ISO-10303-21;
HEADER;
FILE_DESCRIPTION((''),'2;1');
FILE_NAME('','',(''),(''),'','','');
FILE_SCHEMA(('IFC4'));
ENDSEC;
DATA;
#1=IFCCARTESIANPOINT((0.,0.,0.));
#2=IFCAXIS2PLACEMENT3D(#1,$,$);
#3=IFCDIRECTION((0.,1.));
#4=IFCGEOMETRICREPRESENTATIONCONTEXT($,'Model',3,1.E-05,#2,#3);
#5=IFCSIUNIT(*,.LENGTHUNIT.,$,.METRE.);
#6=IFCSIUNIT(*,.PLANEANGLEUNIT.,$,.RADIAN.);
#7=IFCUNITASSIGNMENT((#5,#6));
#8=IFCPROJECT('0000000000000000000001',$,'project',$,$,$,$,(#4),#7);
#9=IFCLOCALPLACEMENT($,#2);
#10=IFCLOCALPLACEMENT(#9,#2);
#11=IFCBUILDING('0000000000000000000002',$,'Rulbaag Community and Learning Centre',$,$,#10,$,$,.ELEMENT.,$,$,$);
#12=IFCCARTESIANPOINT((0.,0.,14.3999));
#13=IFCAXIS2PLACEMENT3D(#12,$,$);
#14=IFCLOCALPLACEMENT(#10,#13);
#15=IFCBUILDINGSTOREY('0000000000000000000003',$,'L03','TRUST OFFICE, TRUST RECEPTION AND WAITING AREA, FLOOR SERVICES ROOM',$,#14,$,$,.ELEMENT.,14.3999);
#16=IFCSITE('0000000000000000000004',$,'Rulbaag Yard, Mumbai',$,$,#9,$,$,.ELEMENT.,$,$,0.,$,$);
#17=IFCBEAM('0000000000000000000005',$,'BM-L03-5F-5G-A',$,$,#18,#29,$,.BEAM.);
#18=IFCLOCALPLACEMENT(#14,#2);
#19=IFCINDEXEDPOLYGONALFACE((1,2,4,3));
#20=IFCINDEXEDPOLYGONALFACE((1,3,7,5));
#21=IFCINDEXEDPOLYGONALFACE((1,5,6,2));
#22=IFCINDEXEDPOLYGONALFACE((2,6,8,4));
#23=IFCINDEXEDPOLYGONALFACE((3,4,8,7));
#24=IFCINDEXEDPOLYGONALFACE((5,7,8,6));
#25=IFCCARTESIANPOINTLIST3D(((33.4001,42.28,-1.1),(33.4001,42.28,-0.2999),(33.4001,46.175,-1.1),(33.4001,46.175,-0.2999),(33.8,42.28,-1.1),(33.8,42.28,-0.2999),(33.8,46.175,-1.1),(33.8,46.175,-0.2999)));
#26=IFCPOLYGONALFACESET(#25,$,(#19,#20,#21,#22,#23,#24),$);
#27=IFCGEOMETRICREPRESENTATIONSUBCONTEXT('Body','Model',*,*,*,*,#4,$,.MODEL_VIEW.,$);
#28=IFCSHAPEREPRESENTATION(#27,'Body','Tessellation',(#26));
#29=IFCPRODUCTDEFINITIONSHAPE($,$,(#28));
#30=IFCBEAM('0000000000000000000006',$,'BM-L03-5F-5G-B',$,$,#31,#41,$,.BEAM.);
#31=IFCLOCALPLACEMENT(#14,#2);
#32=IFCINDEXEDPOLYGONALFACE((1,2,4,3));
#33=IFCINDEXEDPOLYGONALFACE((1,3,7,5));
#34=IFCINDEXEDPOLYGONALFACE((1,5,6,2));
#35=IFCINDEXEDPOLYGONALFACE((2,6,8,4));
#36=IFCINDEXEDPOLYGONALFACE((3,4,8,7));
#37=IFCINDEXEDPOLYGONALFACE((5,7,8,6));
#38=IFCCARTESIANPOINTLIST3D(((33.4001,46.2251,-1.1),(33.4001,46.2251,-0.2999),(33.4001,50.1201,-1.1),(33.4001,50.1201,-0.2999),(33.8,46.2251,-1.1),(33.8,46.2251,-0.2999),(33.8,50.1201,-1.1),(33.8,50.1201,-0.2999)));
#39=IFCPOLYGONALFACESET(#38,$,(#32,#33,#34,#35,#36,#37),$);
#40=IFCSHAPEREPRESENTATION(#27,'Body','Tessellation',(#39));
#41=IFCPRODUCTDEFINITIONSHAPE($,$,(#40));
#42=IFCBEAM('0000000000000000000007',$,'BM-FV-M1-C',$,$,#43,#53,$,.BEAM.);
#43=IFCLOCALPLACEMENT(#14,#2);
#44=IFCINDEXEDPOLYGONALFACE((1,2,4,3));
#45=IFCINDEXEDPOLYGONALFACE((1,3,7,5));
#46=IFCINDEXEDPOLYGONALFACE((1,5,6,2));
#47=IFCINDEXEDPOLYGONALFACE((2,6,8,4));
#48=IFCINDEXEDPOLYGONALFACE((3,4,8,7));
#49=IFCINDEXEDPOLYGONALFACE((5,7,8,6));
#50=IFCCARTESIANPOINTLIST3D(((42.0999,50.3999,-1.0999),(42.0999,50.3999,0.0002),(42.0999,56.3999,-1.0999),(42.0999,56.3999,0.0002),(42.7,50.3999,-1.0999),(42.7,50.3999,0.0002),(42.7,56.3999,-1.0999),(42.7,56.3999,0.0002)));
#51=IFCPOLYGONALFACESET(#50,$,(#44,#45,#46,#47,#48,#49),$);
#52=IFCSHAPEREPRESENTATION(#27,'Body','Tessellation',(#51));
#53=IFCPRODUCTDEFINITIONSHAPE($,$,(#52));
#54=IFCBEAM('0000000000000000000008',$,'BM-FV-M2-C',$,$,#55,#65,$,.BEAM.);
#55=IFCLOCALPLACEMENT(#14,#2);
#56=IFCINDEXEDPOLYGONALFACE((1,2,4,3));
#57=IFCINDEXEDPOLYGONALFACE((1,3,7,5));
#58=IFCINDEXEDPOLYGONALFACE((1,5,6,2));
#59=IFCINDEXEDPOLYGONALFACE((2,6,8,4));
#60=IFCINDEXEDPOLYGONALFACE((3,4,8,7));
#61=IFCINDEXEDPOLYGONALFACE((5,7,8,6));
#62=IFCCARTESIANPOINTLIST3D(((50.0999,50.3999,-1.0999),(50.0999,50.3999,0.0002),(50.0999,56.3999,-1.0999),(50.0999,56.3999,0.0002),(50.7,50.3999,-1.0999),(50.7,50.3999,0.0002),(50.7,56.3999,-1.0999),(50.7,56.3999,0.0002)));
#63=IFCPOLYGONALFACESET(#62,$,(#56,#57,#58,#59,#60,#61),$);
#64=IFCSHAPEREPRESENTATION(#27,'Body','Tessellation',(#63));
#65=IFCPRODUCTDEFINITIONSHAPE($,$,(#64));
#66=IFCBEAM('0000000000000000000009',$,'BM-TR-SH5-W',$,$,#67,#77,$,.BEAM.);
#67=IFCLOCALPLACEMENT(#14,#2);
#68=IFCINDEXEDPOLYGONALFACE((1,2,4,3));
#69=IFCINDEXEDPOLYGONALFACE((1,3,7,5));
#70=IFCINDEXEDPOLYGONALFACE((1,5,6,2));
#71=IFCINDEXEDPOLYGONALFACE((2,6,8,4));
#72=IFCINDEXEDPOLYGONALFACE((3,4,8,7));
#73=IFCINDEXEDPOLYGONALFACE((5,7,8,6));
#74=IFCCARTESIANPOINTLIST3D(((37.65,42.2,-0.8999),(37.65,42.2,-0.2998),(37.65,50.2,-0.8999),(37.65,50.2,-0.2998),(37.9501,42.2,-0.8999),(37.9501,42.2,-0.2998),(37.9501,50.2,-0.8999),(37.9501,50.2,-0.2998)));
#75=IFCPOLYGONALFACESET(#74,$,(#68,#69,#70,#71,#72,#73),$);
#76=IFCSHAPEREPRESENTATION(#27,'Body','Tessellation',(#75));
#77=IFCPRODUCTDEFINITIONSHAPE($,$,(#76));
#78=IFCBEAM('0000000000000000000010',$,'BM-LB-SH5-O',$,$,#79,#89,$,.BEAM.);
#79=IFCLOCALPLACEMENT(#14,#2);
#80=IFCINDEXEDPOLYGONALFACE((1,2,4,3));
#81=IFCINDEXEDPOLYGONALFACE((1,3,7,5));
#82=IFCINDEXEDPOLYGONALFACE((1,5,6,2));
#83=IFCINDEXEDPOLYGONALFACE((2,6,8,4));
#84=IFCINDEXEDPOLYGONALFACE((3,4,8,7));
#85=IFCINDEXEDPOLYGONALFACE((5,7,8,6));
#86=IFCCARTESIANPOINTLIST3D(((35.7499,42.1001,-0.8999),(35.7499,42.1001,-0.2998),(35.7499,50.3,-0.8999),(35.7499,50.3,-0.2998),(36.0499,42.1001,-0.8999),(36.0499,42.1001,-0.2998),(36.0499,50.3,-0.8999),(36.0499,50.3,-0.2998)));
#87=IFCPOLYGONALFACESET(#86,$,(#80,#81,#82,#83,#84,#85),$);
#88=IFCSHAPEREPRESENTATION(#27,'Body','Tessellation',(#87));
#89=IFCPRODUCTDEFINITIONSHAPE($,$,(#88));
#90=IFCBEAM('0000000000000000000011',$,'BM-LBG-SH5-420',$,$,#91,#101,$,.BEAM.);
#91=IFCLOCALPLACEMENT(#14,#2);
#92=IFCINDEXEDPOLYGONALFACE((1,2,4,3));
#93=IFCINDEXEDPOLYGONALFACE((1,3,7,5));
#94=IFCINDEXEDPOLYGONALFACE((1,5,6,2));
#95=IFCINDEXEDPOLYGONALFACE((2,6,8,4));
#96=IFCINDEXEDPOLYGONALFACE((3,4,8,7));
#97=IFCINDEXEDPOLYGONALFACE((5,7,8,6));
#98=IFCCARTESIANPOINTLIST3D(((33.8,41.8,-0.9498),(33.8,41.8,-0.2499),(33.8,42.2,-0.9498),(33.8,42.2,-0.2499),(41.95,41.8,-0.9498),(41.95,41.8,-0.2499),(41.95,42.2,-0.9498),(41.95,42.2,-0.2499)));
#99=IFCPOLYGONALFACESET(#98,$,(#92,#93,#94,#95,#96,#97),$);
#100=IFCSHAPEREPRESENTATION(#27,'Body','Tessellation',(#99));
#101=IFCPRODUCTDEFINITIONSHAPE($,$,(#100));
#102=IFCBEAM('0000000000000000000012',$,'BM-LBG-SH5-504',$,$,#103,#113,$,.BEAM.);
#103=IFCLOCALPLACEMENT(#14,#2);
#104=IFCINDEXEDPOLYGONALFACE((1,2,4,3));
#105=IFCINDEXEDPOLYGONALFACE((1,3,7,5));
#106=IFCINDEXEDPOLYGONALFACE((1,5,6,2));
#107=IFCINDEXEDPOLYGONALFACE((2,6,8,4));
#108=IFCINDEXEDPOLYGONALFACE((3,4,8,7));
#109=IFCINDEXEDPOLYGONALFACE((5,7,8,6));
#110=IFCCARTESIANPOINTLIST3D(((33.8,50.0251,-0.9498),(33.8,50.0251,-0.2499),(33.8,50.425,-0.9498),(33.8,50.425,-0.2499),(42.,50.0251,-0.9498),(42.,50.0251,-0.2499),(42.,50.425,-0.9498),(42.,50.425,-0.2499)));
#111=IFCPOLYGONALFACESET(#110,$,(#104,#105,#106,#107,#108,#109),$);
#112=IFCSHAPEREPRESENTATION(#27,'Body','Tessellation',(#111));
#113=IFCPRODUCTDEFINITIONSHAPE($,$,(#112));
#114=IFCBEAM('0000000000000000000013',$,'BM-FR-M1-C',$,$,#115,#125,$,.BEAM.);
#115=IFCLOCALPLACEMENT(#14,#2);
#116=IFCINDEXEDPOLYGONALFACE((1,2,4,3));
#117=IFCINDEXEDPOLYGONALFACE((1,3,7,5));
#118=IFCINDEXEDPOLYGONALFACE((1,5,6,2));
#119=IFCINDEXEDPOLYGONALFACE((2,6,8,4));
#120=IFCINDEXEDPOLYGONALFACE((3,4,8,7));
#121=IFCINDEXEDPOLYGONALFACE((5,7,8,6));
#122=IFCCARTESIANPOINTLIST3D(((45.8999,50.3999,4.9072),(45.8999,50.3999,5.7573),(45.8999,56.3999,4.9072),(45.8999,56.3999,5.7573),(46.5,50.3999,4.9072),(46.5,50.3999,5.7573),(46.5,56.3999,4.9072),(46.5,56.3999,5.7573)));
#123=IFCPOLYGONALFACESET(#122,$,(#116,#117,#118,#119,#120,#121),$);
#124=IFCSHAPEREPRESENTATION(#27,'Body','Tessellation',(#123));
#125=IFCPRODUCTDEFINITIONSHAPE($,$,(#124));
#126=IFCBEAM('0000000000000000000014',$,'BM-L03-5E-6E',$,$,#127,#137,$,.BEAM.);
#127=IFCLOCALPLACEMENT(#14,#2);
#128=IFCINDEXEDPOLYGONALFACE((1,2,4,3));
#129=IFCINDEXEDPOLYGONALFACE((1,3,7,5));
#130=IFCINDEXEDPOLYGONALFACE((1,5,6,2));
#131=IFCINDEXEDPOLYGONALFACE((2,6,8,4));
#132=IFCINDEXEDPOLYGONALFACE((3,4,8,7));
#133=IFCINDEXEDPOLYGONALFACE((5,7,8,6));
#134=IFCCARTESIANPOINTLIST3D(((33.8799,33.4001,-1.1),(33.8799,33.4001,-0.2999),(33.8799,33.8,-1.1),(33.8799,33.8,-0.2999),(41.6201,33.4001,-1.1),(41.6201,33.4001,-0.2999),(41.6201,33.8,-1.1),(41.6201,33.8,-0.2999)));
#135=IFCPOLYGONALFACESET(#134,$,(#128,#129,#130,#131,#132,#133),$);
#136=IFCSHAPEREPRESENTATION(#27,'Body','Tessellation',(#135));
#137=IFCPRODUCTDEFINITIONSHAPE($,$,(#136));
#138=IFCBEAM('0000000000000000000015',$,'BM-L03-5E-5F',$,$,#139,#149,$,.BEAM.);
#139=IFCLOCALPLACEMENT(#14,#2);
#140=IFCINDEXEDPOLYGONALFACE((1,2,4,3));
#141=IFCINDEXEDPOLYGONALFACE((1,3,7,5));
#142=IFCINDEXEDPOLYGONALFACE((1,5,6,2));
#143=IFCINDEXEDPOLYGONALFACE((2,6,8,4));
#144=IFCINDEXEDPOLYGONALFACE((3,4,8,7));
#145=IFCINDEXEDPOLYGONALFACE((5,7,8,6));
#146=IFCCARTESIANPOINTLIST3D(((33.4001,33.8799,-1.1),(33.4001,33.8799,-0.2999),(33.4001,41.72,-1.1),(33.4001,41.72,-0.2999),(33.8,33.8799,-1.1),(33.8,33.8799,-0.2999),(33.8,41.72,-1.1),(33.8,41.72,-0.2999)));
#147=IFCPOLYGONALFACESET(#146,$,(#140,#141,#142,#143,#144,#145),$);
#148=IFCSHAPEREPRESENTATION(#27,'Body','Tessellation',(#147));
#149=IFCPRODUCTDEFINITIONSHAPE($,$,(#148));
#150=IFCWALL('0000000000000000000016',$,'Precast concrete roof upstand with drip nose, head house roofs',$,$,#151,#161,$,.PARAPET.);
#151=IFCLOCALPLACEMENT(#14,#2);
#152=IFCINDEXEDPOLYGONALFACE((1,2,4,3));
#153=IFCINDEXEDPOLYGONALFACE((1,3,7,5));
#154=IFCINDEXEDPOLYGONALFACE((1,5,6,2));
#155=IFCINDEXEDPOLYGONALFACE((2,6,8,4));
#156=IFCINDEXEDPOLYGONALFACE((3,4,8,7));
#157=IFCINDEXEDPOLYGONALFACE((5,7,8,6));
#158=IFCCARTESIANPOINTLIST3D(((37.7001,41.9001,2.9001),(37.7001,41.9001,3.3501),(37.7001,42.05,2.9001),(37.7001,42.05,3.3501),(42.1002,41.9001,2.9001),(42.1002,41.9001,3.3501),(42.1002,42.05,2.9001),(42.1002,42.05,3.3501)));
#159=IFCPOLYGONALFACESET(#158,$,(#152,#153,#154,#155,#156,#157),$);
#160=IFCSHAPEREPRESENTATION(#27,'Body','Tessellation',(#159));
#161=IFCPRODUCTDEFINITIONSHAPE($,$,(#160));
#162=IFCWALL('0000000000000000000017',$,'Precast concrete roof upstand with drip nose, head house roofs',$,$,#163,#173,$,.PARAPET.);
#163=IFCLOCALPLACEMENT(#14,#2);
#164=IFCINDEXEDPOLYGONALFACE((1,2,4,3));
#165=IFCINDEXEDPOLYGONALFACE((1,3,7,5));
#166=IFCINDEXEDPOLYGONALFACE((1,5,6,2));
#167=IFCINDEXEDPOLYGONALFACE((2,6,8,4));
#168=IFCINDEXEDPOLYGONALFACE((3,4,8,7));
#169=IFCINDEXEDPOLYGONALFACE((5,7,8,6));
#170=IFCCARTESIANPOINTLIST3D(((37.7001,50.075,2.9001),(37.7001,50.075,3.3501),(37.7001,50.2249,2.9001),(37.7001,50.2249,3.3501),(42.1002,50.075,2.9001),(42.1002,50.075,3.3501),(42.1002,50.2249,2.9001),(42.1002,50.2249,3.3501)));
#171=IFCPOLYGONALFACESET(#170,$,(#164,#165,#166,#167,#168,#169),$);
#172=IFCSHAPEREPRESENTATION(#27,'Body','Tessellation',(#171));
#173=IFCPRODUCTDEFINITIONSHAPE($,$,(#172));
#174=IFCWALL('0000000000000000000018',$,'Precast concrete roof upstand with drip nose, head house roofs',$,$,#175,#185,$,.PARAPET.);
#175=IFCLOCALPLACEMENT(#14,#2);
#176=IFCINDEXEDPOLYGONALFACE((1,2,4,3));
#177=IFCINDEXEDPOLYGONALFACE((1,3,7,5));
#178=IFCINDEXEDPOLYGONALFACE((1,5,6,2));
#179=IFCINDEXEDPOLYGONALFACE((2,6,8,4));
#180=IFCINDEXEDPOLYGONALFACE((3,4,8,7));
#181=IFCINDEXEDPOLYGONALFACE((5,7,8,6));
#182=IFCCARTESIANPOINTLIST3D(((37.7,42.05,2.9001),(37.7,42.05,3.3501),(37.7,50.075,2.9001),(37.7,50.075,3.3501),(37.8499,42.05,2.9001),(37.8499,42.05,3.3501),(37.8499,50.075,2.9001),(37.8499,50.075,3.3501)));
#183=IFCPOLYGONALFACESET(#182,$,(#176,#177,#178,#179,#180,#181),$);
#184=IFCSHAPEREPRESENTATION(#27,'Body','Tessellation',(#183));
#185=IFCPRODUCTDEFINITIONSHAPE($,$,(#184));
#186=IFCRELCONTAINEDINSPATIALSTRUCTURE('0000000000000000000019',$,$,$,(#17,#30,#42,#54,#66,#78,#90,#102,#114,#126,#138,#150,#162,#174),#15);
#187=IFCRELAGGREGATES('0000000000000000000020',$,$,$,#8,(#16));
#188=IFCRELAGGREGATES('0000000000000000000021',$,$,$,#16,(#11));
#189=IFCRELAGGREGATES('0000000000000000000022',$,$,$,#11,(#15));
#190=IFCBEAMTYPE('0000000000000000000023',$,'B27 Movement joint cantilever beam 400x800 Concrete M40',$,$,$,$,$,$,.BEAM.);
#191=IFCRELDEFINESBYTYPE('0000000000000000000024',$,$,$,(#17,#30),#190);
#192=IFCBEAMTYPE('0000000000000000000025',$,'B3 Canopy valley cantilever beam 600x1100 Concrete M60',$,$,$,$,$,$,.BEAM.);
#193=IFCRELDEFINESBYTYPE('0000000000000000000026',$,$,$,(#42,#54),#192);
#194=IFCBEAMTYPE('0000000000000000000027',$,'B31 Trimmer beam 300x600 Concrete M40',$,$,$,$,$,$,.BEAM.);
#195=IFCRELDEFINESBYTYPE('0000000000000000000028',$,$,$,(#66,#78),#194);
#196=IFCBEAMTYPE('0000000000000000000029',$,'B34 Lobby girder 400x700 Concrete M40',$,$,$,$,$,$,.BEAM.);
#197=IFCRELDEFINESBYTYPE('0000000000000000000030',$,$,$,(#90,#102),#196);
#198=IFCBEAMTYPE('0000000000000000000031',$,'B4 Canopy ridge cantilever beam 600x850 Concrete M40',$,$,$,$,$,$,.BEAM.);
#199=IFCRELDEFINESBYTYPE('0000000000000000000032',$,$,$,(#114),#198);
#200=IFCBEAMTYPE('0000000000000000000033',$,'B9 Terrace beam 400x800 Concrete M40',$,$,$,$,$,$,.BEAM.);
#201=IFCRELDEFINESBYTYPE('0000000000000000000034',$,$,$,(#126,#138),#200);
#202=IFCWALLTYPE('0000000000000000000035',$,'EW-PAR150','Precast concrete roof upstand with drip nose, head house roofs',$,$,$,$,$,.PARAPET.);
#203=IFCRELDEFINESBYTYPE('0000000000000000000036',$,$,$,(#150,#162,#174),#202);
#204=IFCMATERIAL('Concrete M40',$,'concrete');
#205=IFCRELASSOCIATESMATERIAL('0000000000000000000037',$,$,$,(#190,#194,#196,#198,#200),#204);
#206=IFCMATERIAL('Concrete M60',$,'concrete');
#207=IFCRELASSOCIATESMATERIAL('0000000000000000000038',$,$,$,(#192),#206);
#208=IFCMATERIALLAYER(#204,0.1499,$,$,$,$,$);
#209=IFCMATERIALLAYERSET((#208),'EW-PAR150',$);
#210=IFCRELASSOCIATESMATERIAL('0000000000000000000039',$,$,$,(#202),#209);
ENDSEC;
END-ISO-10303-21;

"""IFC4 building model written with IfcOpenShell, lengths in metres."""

from ifc_helpers import new_model, si_unit, direction, frame, frame_2d, origin, origin_2d, place, context, subcontext, project, spatial, rectangle, extrude, material, layer, layer_set, material_profile, profile_set, type_object, element, save


model = new_model("IFC4")

# Units and contexts
model_context = context("Model", 3, precision=1e-05, world=origin(), true_north=direction((0.0, 1.0)))
body_context = subcontext(model_context, "Body", "Model", "MODEL_VIEW")
ifc_project = project(units=[si_unit("LENGTHUNIT", "METRE"), si_unit("PLANEANGLEUNIT", "RADIAN")], contexts=[model_context])

# Site, building, storey
site_placement = place(None, origin())
site = spatial("IfcSite", under=ifc_project, at=site_placement, Name="Rulbaag Yard, Mumbai", CompositionType="ELEMENT", RefElevation=0.0)
building_placement = place(site_placement, origin())
building = spatial("IfcBuilding", under=site, at=building_placement, Name="Rulbaag Community and Learning Centre", CompositionType="ELEMENT")
storey_placement = place(building_placement, frame((0.0, 0.0, 14.3999)))
storey = spatial("IfcBuildingStorey", under=building, at=storey_placement, Name="L03", Description="TRUST OFFICE, TRUST RECEPTION AND WAITING AREA, FLOOR SERVICES ROOM", CompositionType="ELEMENT", Elevation=14.3999)

# Beams
ifc_material_1 = material(Name="Concrete M40", Category="concrete")
ifc_material_profile_1 = material_profile(ifc_material_1, rectangle(XDim=0.3999, YDim=0.8, at=origin_2d()), Name="RB400x800")
ifc_profile_set_1 = profile_set([ifc_material_profile_1], Name="Concrete M40")
beam_type_1 = type_object("IfcBeamType", Name="B27 Movement joint cantilever beam 400x800 Concrete M40", PredefinedType="BEAM", material=ifc_profile_set_1)
for number, where, z_axis, x_axis, name in (
    (1, (33.6001, 42.28, -0.7), (0.0, 1.0, 0.0), (-1.0, 0.0, 0.0), "BM-L03-5F-5G-A"),
    (2, (33.6001, 46.2251, -0.7), (0.0, 1.0, 0.0), (-1.0, 0.0, 0.0), "BM-L03-5F-5G-B"),
):
    element("IfcBeam", number, at=place(storey_placement, frame(where, z_axis=z_axis, x_axis=x_axis)), inside=storey, type_object=beam_type_1, Name=name, PredefinedType="BEAM", context=body_context, shape_type="SweptSolid", body=[
        extrude(rectangle(XDim=0.3999, YDim=0.8, at=origin_2d()), origin(), (0.0, 0.0, 1.0), 3.895),
    ])
ifc_material_2 = material(Name="Concrete M60", Category="concrete")
ifc_material_profile_2 = material_profile(ifc_material_2, rectangle(XDim=0.6001, YDim=1.1001, at=origin_2d()), Name="RB600x1100")
ifc_profile_set_2 = profile_set([ifc_material_profile_2], Name="Concrete M60")
beam_type_2 = type_object("IfcBeamType", Name="B3 Canopy valley cantilever beam 600x1100 Concrete M60", PredefinedType="BEAM", material=ifc_profile_set_2)
for number, where, z_axis, x_axis, name in (
    (3, (42.3999, 50.3999, -0.5498), (0.0, 1.0, 0.0), (-1.0, 0.0, 0.0), "BM-FV-M1-C"),
    (4, (50.3999, 50.3999, -0.5498), (0.0, 1.0, 0.0), (-1.0, 0.0, 0.0), "BM-FV-M2-C"),
):
    element("IfcBeam", number, at=place(storey_placement, frame(where, z_axis=z_axis, x_axis=x_axis)), inside=storey, type_object=beam_type_2, Name=name, PredefinedType="BEAM", context=body_context, shape_type="SweptSolid", body=[
        extrude(rectangle(XDim=0.6001, YDim=1.1001, at=origin_2d()), origin(), (0.0, 0.0, 1.0), 6.0),
    ])
ifc_material_profile_3 = material_profile(ifc_material_1, rectangle(XDim=0.3, YDim=0.6001, at=origin_2d()), Name="RB300x600")
ifc_profile_set_3 = profile_set([ifc_material_profile_3], Name="Concrete M40")
beam_type_3 = type_object("IfcBeamType", Name="B31 Trimmer beam 300x600 Concrete M40", PredefinedType="BEAM", material=ifc_profile_set_3)
beam_1_placement = place(storey_placement, frame((37.8, 42.2, -0.5999), z_axis=(0.0, 1.0, 0.0), x_axis=(-1.0, 0.0, 0.0)))
element("IfcBeam", 5, at=beam_1_placement, inside=storey, type_object=beam_type_3, Name="BM-TR-SH5-W", PredefinedType="BEAM", context=body_context, shape_type="SweptSolid", body=[
    extrude(rectangle(XDim=0.3, YDim=0.6001, at=origin_2d()), origin(), (0.0, 0.0, 1.0), 8.0),
])
beam_2_placement = place(storey_placement, frame((35.8999, 42.1001, -0.5999), z_axis=(0.0, 1.0, 0.0), x_axis=(-1.0, 0.0, 0.0)))
element("IfcBeam", 6, at=beam_2_placement, inside=storey, type_object=beam_type_3, Name="BM-LB-SH5-O", PredefinedType="BEAM", context=body_context, shape_type="SweptSolid", body=[
    extrude(rectangle(XDim=0.3, YDim=0.6001, at=origin_2d()), origin(), (0.0, 0.0, 1.0), 8.2),
])
ifc_material_profile_4 = material_profile(ifc_material_1, rectangle(XDim=0.3999, YDim=0.7, at=origin_2d()), Name="RB400x700")
ifc_profile_set_4 = profile_set([ifc_material_profile_4], Name="Concrete M40")
beam_type_4 = type_object("IfcBeamType", Name="B34 Lobby girder 400x700 Concrete M40", PredefinedType="BEAM", material=ifc_profile_set_4)
beam_3_placement = place(storey_placement, frame((33.8, 42.0, -0.5999), z_axis=(1.0, 0.0, 0.0), x_axis=(0.0, 1.0, 0.0)))
element("IfcBeam", 7, at=beam_3_placement, inside=storey, type_object=beam_type_4, Name="BM-LBG-SH5-420", PredefinedType="BEAM", context=body_context, shape_type="SweptSolid", body=[
    extrude(rectangle(XDim=0.3999, YDim=0.7, at=origin_2d()), origin(), (0.0, 0.0, 1.0), 8.1499),
])
beam_4_placement = place(storey_placement, frame((33.8, 50.2251, -0.5999), z_axis=(1.0, 0.0, 0.0), x_axis=(0.0, 1.0, 0.0)))
element("IfcBeam", 8, at=beam_4_placement, inside=storey, type_object=beam_type_4, Name="BM-LBG-SH5-504", PredefinedType="BEAM", context=body_context, shape_type="SweptSolid", body=[
    extrude(rectangle(XDim=0.3999, YDim=0.7, at=origin_2d()), origin(), (0.0, 0.0, 1.0), 8.2),
])
ifc_material_profile_5 = material_profile(ifc_material_1, rectangle(XDim=0.6001, YDim=0.8501, at=origin_2d()), Name="RB600x850")
ifc_profile_set_5 = profile_set([ifc_material_profile_5], Name="Concrete M40")
beam_type_5 = type_object("IfcBeamType", Name="B4 Canopy ridge cantilever beam 600x850 Concrete M40", PredefinedType="BEAM", material=ifc_profile_set_5)
beam_5_placement = place(storey_placement, frame((46.2, 50.3999, 5.3323), z_axis=(0.0, 1.0, 0.0), x_axis=(-1.0, 0.0, 0.0)))
element("IfcBeam", 9, at=beam_5_placement, inside=storey, type_object=beam_type_5, Name="BM-FR-M1-C", PredefinedType="BEAM", context=body_context, shape_type="SweptSolid", body=[
    extrude(rectangle(XDim=0.6001, YDim=0.8501, at=origin_2d()), origin(), (0.0, 0.0, 1.0), 6.0),
])
ifc_material_profile_6 = material_profile(ifc_material_1, rectangle(XDim=0.3999, YDim=0.8, at=origin_2d()), Name="RB400x800")
ifc_profile_set_6 = profile_set([ifc_material_profile_6], Name="Concrete M40")
beam_type_6 = type_object("IfcBeamType", Name="B9 Terrace beam 400x800 Concrete M40", PredefinedType="BEAM", material=ifc_profile_set_6)
beam_6_placement = place(storey_placement, frame((33.8799, 33.6001, -0.7), z_axis=(1.0, 0.0, 0.0), x_axis=(0.0, 1.0, 0.0)))
element("IfcBeam", 10, at=beam_6_placement, inside=storey, type_object=beam_type_6, Name="BM-L03-5E-6E", PredefinedType="BEAM", context=body_context, shape_type="SweptSolid", body=[
    extrude(rectangle(XDim=0.3999, YDim=0.8, at=origin_2d()), origin(), (0.0, 0.0, 1.0), 7.7402),
])
beam_7_placement = place(storey_placement, frame((33.6001, 33.8799, -0.7), z_axis=(0.0, 1.0, 0.0), x_axis=(-1.0, 0.0, 0.0)))
element("IfcBeam", 11, at=beam_7_placement, inside=storey, type_object=beam_type_6, Name="BM-L03-5E-5F", PredefinedType="BEAM", context=body_context, shape_type="SweptSolid", body=[
    extrude(rectangle(XDim=0.3999, YDim=0.8, at=origin_2d()), origin(), (0.0, 0.0, 1.0), 7.8401),
])

# Walls
ifc_layer_1 = layer(ifc_material_1, 0.1499)
ifc_layer_set_1 = layer_set([ifc_layer_1], Name="EW-PAR150")
wall_type_1 = type_object("IfcWallType", Name="EW-PAR150", Description="Precast concrete roof upstand with drip nose, head house roofs", PredefinedType="PARAPET", material=ifc_layer_set_1)
for number, where, z_axis, x_axis, name in (
    (12, (37.7, 41.9751, 2.9001), (0.0, 0.0, 1.0), (1.0, 0.0, 0.0), "Precast concrete roof upstand with drip nose, head house roofs"),
    (13, (37.7, 50.1499, 2.9001), (0.0, 0.0, 1.0), (1.0, 0.0, 0.0), "Precast concrete roof upstand with drip nose, head house roofs"),
):
    element("IfcWall", number, at=place(storey_placement, frame(where, z_axis=z_axis, x_axis=x_axis)), inside=storey, type_object=wall_type_1, Name=name, PredefinedType="PARAPET", context=body_context, shape_type="SweptSolid", body=[
        extrude(rectangle(XDim=4.4001, YDim=0.1499, at=frame_2d((2.2002, 0.0))), origin(), (0.0, 0.0, 1.0), 0.45),
    ])
for number, where, z_axis, x_axis, name in (
    (14, (37.7749, 42.05, 2.9001), (0.0, 0.0, 1.0), (0.0, 1.0, 0.0), "Precast concrete roof upstand with drip nose, head house roofs"),
):
    element("IfcWall", number, at=place(storey_placement, frame(where, z_axis=z_axis, x_axis=x_axis)), inside=storey, type_object=wall_type_1, Name=name, PredefinedType="PARAPET", context=body_context, shape_type="SweptSolid", body=[
        extrude(rectangle(XDim=8.0249, YDim=0.1499, at=frame_2d((4.0125, 0.0))), origin(), (0.0, 0.0, 1.0), 0.45),
    ])

save(model, "model.ifc")
